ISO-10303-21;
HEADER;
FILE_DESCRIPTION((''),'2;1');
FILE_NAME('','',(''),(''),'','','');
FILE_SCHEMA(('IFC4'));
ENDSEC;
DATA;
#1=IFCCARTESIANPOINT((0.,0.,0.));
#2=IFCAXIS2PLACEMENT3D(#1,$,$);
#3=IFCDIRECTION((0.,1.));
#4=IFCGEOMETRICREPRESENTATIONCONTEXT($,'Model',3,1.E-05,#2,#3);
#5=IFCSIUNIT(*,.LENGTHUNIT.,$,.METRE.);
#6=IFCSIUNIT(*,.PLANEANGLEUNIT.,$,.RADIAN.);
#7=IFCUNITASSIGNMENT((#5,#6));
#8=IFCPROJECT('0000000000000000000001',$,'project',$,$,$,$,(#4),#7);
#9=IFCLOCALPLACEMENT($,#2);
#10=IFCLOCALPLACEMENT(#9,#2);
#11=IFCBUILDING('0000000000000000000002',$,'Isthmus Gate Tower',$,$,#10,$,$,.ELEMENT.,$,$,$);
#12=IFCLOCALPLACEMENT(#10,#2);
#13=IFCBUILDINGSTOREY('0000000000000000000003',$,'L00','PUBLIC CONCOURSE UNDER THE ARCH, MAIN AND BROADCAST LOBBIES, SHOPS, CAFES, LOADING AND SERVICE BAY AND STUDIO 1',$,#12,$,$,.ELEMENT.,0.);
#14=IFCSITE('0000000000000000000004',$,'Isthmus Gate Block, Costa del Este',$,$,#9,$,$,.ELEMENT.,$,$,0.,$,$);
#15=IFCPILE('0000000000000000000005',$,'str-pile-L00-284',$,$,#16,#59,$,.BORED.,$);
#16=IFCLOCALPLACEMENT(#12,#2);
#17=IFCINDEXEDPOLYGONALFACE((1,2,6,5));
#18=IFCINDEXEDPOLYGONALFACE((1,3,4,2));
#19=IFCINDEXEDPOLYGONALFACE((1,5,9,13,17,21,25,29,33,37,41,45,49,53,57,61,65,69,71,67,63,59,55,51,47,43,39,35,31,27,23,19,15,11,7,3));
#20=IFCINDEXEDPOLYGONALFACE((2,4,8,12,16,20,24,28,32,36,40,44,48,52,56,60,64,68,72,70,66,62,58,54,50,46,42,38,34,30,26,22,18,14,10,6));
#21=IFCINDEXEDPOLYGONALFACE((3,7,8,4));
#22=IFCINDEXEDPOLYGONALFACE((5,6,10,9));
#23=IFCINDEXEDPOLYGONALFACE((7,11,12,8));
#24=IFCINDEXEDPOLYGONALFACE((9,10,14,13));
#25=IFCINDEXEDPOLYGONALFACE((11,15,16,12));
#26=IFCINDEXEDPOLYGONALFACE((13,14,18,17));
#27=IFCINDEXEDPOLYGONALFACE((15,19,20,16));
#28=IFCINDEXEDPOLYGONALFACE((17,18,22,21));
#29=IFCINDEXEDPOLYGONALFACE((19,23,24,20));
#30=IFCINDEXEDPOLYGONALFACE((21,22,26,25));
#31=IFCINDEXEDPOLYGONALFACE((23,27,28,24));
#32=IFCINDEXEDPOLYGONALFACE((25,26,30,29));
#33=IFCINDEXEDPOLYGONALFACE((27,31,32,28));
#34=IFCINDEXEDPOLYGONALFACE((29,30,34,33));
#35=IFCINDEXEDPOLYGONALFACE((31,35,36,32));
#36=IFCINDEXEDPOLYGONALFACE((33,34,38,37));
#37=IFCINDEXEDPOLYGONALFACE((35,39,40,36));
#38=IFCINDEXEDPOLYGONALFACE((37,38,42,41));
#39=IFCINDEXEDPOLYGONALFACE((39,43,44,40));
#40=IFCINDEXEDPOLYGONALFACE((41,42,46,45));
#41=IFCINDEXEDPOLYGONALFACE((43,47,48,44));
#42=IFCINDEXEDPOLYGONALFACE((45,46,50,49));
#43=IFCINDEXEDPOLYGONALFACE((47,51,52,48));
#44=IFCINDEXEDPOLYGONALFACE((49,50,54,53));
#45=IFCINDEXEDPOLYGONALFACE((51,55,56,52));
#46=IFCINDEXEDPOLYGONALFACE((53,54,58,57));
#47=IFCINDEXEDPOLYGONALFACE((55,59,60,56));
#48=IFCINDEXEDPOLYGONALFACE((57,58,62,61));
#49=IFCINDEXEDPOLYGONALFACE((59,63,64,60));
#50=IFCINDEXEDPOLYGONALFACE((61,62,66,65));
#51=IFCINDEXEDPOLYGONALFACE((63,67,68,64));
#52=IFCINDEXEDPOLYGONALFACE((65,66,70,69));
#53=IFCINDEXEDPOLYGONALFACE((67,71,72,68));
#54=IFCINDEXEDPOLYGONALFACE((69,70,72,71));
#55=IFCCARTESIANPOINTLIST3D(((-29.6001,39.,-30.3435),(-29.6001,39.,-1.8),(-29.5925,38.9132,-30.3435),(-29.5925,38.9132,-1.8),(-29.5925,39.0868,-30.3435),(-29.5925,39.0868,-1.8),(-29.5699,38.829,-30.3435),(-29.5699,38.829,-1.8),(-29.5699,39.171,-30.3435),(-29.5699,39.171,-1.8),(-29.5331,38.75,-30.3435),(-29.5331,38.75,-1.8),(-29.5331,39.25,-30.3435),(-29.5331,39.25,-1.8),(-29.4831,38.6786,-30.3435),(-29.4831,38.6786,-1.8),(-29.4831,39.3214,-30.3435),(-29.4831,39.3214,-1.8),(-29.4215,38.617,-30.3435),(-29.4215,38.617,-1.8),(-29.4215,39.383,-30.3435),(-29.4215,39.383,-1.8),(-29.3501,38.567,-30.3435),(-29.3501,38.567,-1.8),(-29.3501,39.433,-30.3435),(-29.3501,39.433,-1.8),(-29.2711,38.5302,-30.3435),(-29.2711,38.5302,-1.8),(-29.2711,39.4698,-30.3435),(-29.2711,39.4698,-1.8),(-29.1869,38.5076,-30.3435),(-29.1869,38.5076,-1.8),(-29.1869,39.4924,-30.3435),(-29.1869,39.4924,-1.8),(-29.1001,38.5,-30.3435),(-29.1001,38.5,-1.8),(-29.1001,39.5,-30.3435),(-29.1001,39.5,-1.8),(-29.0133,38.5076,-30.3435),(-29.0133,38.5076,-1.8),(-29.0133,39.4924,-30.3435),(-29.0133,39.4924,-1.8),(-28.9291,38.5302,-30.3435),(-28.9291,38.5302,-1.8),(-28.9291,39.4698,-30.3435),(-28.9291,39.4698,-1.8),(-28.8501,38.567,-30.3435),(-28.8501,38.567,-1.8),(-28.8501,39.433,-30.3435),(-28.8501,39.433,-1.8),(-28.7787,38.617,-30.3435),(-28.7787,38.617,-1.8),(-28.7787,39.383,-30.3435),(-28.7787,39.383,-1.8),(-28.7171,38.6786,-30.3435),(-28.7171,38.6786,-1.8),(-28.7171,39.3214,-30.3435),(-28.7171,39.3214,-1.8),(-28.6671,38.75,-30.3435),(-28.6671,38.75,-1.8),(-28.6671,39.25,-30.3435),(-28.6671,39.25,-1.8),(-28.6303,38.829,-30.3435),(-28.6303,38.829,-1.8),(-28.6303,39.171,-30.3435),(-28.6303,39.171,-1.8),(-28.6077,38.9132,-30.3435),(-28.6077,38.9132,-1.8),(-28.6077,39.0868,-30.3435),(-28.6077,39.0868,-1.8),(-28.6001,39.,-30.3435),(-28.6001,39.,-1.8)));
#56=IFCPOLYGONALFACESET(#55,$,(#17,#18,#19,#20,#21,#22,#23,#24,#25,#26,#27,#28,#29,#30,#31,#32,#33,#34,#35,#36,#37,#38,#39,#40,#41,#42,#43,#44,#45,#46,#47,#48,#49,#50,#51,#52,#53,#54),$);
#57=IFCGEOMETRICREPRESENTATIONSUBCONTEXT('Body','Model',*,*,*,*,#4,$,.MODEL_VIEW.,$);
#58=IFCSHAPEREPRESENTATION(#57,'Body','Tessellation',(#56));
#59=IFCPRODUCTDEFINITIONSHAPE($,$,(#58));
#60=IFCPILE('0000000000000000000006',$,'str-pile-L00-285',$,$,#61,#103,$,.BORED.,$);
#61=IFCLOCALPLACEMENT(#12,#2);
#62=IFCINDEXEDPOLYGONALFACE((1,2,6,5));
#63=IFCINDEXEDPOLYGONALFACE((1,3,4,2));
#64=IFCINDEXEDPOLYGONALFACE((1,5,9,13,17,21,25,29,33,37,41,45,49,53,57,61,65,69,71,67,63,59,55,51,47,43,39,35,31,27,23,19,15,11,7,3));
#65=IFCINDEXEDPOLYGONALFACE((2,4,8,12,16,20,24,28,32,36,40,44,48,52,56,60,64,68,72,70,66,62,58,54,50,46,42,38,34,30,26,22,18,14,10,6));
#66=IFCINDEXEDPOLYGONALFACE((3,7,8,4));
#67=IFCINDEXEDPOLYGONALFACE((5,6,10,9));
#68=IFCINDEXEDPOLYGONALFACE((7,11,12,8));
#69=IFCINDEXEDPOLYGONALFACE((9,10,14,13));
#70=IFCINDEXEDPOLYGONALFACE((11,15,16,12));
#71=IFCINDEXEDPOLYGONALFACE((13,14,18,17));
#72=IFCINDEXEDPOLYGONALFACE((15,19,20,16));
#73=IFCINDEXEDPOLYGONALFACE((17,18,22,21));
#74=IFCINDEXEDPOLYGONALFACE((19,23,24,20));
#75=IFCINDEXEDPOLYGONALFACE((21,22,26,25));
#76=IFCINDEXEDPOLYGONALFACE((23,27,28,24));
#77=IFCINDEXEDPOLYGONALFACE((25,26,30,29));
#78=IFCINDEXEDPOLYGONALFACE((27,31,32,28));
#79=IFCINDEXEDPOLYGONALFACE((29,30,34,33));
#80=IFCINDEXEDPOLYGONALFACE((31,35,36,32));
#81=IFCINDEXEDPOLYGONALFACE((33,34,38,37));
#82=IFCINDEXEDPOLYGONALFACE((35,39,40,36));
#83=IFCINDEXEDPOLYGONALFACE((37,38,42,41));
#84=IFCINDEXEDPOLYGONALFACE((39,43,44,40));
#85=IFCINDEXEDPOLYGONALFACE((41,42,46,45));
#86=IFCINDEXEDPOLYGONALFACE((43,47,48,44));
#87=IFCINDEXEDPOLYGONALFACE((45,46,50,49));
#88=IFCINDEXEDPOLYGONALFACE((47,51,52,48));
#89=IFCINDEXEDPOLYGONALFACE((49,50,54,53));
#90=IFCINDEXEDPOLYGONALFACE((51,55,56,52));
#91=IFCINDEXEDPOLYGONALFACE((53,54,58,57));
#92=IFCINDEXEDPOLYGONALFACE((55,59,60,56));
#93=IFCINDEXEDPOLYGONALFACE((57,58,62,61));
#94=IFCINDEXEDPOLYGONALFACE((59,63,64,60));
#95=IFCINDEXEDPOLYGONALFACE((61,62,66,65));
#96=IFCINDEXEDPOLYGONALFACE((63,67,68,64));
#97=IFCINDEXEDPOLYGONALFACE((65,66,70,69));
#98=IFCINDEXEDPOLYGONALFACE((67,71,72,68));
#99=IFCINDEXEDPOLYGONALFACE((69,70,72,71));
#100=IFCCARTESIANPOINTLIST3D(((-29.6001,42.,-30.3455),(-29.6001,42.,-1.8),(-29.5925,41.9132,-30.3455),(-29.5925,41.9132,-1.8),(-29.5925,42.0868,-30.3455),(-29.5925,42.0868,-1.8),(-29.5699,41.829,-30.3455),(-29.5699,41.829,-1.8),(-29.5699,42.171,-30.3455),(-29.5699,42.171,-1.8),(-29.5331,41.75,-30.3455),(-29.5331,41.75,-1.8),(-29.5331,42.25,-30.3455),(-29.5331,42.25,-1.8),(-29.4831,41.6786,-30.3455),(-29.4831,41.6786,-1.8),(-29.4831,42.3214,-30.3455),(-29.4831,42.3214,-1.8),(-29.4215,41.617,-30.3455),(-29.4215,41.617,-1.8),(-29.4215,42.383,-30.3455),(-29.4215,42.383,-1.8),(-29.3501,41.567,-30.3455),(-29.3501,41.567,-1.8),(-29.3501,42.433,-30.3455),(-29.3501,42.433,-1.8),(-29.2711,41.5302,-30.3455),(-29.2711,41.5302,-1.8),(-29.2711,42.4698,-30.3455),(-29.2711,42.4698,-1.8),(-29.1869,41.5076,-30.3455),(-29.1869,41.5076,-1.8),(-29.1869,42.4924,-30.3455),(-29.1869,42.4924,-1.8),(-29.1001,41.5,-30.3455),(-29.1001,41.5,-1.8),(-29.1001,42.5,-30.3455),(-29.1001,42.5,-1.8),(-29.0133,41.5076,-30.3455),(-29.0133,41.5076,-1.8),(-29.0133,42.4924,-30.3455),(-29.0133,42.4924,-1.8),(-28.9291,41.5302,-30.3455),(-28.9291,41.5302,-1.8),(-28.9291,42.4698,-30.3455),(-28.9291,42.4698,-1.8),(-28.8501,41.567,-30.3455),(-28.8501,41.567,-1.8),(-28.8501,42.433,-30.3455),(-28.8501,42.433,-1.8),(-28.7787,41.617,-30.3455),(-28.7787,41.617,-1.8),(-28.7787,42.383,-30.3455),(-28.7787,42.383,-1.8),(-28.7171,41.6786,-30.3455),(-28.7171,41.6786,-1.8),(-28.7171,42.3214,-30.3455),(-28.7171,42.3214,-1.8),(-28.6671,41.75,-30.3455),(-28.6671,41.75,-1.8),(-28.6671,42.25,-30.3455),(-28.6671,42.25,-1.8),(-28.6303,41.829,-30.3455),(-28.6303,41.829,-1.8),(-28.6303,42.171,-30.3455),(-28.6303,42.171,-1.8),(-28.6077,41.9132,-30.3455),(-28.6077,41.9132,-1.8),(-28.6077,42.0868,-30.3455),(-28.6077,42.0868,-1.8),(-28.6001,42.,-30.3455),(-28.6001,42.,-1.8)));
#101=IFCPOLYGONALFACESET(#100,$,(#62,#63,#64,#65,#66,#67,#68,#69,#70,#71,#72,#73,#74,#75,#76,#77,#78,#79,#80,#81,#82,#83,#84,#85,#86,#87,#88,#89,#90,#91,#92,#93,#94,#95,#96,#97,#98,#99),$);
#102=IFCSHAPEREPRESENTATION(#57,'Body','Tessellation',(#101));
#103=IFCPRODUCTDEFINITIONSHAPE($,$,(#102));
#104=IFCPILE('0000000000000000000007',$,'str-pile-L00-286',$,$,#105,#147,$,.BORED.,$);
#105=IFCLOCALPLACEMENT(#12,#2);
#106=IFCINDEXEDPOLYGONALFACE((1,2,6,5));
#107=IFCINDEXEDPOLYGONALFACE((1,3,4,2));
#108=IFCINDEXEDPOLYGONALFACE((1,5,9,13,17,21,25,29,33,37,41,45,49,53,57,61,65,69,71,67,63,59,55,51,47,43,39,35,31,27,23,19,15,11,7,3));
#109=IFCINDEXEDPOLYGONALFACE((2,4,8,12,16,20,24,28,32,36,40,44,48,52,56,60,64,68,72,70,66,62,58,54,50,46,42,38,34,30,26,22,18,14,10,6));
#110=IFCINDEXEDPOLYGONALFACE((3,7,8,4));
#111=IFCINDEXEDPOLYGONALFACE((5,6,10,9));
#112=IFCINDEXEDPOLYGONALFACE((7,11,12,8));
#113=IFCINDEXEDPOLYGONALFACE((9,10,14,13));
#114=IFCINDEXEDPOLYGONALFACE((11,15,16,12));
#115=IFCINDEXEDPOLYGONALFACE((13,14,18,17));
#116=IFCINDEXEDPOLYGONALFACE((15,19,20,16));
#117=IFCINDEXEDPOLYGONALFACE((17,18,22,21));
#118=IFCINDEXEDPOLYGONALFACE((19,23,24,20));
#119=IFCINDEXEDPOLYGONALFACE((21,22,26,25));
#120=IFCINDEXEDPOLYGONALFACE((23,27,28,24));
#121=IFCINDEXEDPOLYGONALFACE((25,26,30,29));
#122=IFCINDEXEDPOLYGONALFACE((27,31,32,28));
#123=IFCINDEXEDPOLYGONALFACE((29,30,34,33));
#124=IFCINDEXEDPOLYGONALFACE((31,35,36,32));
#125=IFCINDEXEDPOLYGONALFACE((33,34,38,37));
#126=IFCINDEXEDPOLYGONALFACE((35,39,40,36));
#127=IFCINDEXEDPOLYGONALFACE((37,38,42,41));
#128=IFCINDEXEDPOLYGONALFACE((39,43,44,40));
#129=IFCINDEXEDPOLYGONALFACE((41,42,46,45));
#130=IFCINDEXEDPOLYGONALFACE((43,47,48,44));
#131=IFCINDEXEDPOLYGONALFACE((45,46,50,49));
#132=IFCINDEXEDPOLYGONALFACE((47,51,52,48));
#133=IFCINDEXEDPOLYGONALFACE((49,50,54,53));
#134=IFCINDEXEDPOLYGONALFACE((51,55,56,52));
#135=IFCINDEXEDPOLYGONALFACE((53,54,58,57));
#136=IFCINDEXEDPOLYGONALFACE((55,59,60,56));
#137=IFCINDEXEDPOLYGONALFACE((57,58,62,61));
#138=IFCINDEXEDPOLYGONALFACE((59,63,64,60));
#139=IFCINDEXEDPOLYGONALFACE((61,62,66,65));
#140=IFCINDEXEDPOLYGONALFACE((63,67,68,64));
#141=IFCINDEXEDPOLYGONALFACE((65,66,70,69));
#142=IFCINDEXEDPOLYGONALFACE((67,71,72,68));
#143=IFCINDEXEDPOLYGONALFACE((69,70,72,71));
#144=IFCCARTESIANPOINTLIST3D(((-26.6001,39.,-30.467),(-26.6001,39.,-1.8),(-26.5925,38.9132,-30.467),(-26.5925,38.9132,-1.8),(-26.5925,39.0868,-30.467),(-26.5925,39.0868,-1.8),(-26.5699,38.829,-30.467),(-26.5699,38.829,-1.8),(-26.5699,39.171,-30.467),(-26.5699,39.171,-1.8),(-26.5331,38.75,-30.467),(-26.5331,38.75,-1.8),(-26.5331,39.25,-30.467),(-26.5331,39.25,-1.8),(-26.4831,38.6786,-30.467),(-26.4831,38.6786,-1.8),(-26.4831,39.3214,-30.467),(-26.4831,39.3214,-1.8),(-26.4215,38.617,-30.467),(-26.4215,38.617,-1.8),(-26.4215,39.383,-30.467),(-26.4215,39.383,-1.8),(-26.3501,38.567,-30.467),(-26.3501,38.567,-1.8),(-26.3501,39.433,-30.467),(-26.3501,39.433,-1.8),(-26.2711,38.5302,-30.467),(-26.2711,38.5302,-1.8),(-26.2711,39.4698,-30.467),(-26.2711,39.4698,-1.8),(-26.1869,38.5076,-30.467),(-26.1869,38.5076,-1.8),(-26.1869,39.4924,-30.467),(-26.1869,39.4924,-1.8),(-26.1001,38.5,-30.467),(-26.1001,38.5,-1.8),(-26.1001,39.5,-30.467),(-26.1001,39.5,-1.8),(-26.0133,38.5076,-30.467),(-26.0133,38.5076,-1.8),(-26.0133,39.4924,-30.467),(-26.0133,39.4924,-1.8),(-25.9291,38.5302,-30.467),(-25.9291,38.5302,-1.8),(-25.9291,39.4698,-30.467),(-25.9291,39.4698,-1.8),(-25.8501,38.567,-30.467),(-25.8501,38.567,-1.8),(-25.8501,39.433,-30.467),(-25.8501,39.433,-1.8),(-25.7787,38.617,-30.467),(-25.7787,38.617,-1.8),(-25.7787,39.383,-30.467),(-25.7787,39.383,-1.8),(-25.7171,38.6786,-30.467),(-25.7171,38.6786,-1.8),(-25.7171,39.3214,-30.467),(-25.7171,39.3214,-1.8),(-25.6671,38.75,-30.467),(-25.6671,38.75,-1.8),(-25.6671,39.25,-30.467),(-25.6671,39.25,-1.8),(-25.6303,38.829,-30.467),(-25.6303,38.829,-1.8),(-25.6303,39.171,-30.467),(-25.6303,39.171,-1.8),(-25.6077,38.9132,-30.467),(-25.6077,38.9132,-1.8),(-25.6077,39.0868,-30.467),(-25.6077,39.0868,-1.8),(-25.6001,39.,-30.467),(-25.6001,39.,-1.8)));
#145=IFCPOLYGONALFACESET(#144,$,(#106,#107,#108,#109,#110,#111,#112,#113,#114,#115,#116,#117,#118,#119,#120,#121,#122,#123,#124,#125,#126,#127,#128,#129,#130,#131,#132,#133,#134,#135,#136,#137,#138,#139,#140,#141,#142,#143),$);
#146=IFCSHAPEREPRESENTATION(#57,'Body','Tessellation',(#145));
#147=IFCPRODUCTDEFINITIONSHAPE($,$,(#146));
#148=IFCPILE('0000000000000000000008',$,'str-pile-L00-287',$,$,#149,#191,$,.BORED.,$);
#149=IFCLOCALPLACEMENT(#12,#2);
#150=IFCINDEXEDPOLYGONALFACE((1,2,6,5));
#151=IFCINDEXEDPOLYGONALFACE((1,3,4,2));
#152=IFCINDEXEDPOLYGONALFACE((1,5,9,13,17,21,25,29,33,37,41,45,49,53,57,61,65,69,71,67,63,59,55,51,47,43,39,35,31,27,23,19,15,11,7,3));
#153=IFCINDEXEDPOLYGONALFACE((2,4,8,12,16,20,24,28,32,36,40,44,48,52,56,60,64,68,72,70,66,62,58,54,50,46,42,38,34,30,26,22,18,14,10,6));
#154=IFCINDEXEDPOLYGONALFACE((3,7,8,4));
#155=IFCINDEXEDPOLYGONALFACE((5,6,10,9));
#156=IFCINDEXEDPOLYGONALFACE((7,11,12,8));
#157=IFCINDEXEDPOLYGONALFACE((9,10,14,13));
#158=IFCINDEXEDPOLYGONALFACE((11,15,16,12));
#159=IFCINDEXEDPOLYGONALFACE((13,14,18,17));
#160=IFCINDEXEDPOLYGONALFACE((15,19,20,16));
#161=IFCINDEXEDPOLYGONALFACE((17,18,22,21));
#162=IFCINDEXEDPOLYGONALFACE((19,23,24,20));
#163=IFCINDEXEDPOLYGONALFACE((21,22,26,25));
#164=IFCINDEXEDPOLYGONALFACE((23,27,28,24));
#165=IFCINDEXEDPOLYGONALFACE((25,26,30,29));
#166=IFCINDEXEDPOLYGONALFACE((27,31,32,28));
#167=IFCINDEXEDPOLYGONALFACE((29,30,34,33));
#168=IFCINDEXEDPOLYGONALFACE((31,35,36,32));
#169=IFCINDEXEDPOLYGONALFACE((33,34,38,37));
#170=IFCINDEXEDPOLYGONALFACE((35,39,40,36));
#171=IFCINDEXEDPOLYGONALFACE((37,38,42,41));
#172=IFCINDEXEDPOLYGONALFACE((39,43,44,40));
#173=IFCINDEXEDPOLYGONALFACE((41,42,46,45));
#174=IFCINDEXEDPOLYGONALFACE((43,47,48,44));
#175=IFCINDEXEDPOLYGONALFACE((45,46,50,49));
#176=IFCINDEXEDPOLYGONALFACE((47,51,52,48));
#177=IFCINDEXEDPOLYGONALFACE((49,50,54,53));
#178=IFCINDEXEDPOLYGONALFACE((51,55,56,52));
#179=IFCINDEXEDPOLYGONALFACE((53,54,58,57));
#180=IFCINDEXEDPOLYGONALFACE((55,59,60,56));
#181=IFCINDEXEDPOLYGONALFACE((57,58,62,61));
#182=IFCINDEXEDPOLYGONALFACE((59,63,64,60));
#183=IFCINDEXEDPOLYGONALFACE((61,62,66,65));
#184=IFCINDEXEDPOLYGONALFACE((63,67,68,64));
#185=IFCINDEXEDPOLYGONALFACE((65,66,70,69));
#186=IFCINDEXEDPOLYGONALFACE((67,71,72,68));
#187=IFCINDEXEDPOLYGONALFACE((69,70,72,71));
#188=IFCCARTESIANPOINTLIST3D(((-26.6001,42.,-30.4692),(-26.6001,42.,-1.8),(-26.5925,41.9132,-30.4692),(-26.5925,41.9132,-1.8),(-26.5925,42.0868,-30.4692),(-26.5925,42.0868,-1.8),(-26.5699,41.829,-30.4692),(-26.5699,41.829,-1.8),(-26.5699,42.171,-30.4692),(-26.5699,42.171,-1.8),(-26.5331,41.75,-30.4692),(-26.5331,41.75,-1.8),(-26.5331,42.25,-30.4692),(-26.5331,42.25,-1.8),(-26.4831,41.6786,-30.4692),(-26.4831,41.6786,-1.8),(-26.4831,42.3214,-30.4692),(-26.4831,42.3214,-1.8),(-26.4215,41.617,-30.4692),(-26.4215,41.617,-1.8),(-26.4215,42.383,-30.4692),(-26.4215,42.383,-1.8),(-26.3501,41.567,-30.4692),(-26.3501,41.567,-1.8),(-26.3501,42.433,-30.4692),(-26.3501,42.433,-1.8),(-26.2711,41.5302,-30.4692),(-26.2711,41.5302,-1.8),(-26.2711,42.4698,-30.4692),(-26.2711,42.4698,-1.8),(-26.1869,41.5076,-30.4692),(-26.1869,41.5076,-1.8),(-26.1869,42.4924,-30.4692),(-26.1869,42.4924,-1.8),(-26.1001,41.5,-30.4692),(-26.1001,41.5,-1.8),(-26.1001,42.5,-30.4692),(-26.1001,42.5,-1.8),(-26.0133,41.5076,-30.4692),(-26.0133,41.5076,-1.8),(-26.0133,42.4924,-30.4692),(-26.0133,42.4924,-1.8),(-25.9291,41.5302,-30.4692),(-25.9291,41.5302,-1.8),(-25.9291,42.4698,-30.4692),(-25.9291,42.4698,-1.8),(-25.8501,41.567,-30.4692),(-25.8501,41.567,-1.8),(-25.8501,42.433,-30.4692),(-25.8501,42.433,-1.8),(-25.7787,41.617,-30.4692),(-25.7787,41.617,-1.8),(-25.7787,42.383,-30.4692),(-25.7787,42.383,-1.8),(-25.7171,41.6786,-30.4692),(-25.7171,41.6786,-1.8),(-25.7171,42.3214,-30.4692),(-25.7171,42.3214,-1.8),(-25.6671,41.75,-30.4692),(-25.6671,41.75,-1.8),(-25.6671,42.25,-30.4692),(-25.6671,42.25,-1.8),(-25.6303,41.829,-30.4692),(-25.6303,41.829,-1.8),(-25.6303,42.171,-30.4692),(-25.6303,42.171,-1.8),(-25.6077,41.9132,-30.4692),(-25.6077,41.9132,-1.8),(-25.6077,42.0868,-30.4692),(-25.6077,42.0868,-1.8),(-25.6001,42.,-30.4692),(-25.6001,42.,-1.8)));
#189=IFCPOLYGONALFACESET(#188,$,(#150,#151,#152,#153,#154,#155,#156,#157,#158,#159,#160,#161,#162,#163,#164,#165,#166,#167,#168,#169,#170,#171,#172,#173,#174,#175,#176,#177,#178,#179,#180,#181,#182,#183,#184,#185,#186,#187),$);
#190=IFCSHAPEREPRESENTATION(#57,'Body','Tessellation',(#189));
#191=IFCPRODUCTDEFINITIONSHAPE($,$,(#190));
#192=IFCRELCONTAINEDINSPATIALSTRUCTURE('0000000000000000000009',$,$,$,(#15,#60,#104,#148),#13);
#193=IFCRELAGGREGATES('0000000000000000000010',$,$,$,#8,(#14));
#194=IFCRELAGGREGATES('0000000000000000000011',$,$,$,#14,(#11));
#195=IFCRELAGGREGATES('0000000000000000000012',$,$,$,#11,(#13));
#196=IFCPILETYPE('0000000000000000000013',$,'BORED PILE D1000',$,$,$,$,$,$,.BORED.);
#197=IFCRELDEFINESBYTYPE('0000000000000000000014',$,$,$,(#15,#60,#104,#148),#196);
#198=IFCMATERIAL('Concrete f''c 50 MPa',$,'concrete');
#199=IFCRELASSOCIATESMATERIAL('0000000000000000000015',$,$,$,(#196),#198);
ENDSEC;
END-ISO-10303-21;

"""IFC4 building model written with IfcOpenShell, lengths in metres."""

from ifc_helpers import new_model, si_unit, direction, frame, origin, origin_2d, place, context, subcontext, project, spatial, circle, extrude, material, material_profile, profile_set, type_object, element, save


model = new_model("IFC4")

# Units and contexts
model_context = context("Model", 3, precision=1e-05, world=origin(), true_north=direction((0.0, 1.0)))
body_context = subcontext(model_context, "Body", "Model", "MODEL_VIEW")
ifc_project = project(units=[si_unit("LENGTHUNIT", "METRE"), si_unit("PLANEANGLEUNIT", "RADIAN")], contexts=[model_context])

# Site, building, storey
site_placement = place(None, origin())
site = spatial("IfcSite", under=ifc_project, at=site_placement, Name="Isthmus Gate Block, Costa del Este", CompositionType="ELEMENT", RefElevation=0.0)
building_placement = place(site_placement, origin())
building = spatial("IfcBuilding", under=site, at=building_placement, Name="Isthmus Gate Tower", CompositionType="ELEMENT")
storey_placement = place(building_placement, origin())
storey = spatial("IfcBuildingStorey", under=building, at=storey_placement, Name="L00", Description="PUBLIC CONCOURSE UNDER THE ARCH, MAIN AND BROADCAST LOBBIES, SHOPS, CAFES, LOADING AND SERVICE BAY AND STUDIO 1", CompositionType="ELEMENT", Elevation=0.0)

# Piles
ifc_material_1 = material(Name="Concrete f'c 50 MPa", Category="concrete")
ifc_material_profile_1 = material_profile(ifc_material_1, circle(Radius=0.5, at=origin_2d()), Name="D1000")
ifc_profile_set_1 = profile_set([ifc_material_profile_1], Name="Concrete f'c 50 MPa")
pile_type_1 = type_object("IfcPileType", Name="BORED PILE D1000", PredefinedType="BORED", material=ifc_profile_set_1)
pile_1_placement = place(storey_placement, frame((-29.1001, 39.0, -1.8), z_axis=(0.0, 0.0, -1.0), x_axis=(1.0, 0.0, 0.0)))
element("IfcPile", 1, at=pile_1_placement, inside=storey, type_object=pile_type_1, Name="str-pile-L00-284", PredefinedType="BORED", context=body_context, shape_type="SweptSolid", body=[
    extrude(circle(Radius=0.5, at=origin_2d()), origin(), (0.0, 0.0, 1.0), 28.5435),
])
pile_2_placement = place(storey_placement, frame((-29.1001, 42.0, -1.8), z_axis=(0.0, 0.0, -1.0), x_axis=(1.0, 0.0, 0.0)))
element("IfcPile", 2, at=pile_2_placement, inside=storey, type_object=pile_type_1, Name="str-pile-L00-285", PredefinedType="BORED", context=body_context, shape_type="SweptSolid", body=[
    extrude(circle(Radius=0.5, at=origin_2d()), origin(), (0.0, 0.0, 1.0), 28.5454),
])
pile_3_placement = place(storey_placement, frame((-26.1001, 39.0, -1.8), z_axis=(0.0, 0.0, -1.0), x_axis=(1.0, 0.0, 0.0)))
element("IfcPile", 3, at=pile_3_placement, inside=storey, type_object=pile_type_1, Name="str-pile-L00-286", PredefinedType="BORED", context=body_context, shape_type="SweptSolid", body=[
    extrude(circle(Radius=0.5, at=origin_2d()), origin(), (0.0, 0.0, 1.0), 28.667),
])
pile_4_placement = place(storey_placement, frame((-26.1001, 42.0, -1.8), z_axis=(0.0, 0.0, -1.0), x_axis=(1.0, 0.0, 0.0)))
element("IfcPile", 4, at=pile_4_placement, inside=storey, type_object=pile_type_1, Name="str-pile-L00-287", PredefinedType="BORED", context=body_context, shape_type="SweptSolid", body=[
    extrude(circle(Radius=0.5, at=origin_2d()), origin(), (0.0, 0.0, 1.0), 28.6692),
])

save(model, "model.ifc")
